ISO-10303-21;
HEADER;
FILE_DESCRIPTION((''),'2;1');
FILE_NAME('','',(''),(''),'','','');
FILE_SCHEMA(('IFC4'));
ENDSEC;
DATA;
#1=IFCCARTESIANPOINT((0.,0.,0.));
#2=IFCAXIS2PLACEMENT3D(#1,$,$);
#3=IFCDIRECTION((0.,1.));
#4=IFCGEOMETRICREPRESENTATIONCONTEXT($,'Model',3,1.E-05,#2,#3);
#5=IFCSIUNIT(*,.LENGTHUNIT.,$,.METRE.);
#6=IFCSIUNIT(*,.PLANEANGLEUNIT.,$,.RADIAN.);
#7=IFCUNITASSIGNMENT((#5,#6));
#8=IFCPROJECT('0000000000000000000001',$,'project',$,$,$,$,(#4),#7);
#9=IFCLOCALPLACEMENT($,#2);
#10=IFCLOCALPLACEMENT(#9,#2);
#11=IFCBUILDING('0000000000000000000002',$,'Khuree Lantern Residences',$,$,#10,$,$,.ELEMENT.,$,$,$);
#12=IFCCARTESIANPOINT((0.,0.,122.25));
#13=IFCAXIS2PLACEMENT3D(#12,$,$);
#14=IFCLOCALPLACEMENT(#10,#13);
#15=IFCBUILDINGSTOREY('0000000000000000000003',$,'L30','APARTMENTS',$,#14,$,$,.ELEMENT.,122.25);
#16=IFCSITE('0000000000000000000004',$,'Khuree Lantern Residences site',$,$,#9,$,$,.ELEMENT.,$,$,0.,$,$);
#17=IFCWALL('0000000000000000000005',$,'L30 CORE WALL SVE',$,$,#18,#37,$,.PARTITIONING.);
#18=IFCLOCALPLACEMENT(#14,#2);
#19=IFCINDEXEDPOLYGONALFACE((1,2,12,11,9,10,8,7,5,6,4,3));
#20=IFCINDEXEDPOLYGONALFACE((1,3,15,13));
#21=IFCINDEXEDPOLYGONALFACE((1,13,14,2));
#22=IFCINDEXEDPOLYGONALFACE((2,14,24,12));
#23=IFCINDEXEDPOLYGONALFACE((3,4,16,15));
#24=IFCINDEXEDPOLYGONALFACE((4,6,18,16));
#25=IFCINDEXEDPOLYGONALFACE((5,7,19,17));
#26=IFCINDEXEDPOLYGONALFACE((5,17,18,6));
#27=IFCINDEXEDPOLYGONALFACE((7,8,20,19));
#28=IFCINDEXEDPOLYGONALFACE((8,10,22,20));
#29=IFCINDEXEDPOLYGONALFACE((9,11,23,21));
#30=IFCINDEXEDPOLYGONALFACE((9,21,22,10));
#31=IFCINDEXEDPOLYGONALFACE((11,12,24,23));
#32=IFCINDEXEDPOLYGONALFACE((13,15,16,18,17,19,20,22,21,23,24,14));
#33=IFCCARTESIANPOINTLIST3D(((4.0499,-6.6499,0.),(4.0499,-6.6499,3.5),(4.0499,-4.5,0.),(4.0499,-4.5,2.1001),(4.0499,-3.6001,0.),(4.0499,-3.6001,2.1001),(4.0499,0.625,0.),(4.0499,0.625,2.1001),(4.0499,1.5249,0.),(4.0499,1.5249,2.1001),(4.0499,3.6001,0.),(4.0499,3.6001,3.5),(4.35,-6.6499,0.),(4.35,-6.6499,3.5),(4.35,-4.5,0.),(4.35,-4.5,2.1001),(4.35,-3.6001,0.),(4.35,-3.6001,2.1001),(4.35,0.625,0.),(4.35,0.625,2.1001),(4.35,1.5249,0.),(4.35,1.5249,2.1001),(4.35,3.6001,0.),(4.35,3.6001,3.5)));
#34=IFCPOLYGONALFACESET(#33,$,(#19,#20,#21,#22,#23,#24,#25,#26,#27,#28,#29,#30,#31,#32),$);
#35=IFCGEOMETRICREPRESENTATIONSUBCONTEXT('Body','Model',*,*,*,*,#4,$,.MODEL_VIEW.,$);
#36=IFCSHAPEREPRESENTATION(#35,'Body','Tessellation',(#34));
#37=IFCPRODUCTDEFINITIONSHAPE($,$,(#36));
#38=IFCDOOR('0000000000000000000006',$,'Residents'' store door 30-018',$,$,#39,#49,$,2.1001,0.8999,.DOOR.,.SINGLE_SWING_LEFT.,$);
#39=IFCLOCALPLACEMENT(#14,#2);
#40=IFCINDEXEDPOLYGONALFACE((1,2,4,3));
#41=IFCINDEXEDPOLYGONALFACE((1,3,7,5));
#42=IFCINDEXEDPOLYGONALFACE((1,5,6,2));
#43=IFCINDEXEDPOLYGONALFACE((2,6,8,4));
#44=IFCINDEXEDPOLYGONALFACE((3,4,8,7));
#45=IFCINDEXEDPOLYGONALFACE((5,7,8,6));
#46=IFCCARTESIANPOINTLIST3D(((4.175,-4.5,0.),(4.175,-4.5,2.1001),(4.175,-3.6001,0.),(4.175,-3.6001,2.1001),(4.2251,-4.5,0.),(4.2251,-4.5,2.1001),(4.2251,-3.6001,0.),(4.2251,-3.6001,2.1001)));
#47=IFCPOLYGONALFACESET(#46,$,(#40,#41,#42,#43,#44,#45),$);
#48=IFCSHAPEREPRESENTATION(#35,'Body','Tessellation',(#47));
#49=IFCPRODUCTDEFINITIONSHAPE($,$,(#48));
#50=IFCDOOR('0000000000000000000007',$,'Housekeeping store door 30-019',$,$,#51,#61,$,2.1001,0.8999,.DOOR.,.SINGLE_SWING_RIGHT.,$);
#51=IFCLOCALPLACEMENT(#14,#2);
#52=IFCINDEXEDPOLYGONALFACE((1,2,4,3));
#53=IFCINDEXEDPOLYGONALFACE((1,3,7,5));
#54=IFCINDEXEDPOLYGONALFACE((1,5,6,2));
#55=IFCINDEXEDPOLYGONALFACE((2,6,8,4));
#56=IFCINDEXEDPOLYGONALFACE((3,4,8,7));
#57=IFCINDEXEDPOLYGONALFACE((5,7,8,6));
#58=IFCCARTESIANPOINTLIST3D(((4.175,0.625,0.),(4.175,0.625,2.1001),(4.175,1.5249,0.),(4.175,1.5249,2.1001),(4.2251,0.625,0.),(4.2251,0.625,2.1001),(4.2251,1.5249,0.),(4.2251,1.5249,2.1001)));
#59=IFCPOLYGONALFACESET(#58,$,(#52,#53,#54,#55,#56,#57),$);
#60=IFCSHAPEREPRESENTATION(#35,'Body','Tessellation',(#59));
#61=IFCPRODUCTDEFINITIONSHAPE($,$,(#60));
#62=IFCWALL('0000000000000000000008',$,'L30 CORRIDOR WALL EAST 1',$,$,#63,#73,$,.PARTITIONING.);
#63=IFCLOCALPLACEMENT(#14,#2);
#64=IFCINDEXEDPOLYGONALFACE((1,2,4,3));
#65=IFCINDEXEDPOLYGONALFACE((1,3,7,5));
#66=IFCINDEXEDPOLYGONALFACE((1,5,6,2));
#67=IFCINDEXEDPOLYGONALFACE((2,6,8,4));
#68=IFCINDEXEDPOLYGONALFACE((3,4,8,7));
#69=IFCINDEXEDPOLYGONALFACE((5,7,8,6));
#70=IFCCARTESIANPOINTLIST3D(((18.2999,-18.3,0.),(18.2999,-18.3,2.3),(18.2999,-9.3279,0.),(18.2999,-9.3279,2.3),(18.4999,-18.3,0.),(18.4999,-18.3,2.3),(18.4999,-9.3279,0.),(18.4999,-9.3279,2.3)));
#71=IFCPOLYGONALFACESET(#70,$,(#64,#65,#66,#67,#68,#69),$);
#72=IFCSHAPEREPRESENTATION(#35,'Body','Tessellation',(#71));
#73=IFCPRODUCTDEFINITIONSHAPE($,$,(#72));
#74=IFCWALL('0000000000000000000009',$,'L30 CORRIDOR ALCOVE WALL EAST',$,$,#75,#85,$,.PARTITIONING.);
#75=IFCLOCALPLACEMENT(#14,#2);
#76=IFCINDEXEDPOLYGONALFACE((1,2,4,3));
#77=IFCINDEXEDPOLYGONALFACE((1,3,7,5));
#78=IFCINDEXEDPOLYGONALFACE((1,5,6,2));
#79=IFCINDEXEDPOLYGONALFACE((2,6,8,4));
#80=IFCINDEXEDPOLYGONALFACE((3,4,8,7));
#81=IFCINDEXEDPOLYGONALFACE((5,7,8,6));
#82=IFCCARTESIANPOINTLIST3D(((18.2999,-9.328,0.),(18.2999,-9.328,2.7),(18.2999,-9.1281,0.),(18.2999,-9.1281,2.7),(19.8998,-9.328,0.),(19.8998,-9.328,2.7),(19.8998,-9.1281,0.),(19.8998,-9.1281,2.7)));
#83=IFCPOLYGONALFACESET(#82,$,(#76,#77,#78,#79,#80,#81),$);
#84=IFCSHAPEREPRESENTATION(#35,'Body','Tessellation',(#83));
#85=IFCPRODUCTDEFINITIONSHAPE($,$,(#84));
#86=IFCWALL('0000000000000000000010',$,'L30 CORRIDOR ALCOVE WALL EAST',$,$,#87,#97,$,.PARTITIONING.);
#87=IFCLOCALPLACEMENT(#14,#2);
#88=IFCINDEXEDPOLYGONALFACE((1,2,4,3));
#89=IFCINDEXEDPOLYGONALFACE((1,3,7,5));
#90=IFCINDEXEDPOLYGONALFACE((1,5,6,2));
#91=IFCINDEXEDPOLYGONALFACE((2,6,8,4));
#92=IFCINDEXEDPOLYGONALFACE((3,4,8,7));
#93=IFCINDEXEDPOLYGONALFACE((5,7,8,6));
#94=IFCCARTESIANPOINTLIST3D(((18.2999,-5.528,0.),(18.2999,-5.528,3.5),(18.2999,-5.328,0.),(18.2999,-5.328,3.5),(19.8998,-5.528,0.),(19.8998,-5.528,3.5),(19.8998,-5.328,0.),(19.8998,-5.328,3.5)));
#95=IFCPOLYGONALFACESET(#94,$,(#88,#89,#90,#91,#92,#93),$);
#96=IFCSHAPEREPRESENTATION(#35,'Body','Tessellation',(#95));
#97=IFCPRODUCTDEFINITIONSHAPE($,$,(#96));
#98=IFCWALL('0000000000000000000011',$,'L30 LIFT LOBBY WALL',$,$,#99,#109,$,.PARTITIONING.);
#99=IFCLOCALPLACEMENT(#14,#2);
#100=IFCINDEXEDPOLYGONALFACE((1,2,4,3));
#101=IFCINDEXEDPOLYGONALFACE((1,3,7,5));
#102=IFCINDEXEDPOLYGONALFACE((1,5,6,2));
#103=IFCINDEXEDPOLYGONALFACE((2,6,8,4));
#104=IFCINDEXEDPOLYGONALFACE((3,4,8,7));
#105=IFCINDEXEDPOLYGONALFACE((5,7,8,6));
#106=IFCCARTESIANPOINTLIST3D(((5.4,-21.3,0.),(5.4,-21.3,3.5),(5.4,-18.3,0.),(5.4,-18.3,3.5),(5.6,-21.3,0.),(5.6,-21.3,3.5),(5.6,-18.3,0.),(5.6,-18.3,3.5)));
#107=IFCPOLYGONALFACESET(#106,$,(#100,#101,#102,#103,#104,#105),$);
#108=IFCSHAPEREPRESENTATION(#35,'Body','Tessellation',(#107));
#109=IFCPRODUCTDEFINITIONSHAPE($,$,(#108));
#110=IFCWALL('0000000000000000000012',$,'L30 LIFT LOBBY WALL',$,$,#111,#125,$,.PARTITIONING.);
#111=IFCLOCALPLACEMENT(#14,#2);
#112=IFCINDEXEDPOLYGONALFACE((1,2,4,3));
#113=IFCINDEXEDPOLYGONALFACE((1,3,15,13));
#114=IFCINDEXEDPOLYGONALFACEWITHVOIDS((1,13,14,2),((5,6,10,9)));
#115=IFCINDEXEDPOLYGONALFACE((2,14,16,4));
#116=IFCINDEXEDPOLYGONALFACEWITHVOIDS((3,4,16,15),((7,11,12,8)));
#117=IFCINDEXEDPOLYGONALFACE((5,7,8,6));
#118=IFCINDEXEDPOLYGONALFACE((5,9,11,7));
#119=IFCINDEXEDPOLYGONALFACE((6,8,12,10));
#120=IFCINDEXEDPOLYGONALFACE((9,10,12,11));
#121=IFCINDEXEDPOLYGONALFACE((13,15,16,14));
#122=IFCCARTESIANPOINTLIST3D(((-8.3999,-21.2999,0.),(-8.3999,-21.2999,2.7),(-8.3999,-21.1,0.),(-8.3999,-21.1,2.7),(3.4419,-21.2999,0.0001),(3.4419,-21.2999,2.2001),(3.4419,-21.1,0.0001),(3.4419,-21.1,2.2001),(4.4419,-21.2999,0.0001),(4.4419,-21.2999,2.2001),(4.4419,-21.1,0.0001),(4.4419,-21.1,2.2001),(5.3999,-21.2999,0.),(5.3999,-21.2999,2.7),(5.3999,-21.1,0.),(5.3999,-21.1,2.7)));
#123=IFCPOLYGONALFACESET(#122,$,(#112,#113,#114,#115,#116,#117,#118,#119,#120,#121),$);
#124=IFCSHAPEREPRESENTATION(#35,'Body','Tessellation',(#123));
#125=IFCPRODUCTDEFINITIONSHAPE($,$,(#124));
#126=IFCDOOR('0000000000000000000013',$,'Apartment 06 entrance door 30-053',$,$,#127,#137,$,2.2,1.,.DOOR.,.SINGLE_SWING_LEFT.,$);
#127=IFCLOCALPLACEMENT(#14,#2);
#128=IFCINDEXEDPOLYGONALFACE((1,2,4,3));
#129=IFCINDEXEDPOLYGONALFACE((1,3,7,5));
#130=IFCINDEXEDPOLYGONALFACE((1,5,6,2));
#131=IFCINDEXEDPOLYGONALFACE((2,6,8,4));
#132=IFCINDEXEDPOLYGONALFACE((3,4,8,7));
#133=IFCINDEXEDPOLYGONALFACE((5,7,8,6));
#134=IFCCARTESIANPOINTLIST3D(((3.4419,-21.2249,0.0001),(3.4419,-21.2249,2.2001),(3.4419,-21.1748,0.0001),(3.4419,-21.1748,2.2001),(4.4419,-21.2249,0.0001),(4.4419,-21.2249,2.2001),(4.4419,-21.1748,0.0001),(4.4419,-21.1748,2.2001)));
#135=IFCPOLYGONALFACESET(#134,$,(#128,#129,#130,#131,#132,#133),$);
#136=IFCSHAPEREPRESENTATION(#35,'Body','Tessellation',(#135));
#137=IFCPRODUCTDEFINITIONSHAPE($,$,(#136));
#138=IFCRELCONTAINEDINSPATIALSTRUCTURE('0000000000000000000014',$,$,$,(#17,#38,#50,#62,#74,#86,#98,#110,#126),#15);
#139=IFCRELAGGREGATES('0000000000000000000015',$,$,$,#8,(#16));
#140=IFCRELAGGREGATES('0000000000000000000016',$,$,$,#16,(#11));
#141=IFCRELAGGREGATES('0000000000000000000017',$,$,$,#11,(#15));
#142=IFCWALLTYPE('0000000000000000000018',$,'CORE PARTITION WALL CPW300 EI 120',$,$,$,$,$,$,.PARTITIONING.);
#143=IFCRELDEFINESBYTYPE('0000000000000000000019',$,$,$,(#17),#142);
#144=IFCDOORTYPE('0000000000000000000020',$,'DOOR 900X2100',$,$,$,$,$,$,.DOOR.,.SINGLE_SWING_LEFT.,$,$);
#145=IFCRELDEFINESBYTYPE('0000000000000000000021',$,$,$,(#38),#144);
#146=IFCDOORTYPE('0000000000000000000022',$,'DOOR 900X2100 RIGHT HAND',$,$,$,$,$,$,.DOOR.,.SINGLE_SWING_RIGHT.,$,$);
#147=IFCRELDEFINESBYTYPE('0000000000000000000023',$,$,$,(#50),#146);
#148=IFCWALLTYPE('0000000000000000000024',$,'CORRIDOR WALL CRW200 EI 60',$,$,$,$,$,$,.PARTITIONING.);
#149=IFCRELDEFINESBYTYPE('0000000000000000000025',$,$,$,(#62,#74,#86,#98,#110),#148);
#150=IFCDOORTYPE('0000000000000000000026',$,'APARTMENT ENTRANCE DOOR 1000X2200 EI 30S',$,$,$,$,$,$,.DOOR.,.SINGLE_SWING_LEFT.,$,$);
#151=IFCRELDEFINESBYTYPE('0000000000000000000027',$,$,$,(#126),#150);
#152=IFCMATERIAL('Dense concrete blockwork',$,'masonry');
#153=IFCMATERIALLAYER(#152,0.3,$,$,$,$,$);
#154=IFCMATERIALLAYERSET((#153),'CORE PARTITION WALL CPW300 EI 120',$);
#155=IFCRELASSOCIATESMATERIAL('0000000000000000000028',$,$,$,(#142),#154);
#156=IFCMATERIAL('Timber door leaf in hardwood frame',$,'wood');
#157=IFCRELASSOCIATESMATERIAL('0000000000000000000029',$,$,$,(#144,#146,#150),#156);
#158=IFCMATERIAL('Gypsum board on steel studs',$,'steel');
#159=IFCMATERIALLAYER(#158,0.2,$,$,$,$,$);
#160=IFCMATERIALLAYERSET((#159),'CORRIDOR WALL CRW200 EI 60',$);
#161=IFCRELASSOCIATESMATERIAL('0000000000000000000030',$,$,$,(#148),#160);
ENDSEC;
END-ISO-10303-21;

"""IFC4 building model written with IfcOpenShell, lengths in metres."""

from ifc_helpers import new_model, si_unit, direction, frame, frame_2d, origin, place, context, subcontext, project, spatial, rectangle, extrude, material, layer, layer_set, type_object, element, fill, save


model = new_model("IFC4")

# Units and contexts
model_context = context("Model", 3, precision=1e-05, world=origin(), true_north=direction((0.0, 1.0)))
body_context = subcontext(model_context, "Body", "Model", "MODEL_VIEW")
ifc_project = project(units=[si_unit("LENGTHUNIT", "METRE"), si_unit("PLANEANGLEUNIT", "RADIAN")], contexts=[model_context])

# Site, building, storey
site_placement = place(None, origin())
site = spatial("IfcSite", under=ifc_project, at=site_placement, Name="Khuree Lantern Residences site", CompositionType="ELEMENT", RefElevation=0.0)
building_placement = place(site_placement, origin())
building = spatial("IfcBuilding", under=site, at=building_placement, Name="Khuree Lantern Residences", CompositionType="ELEMENT")
storey_placement = place(building_placement, frame((0.0, 0.0, 122.25)))
storey = spatial("IfcBuildingStorey", under=building, at=storey_placement, Name="L30", Description="APARTMENTS", CompositionType="ELEMENT", Elevation=122.25)

# Shared definitions
ifc_material_1 = material(Name="Timber door leaf in hardwood frame", Category="wood")

# Shared definitions
ifc_material_2 = material(Name="Dense concrete blockwork", Category="masonry")
ifc_layer_1 = layer(ifc_material_2, 0.3)
ifc_layer_set_1 = layer_set([ifc_layer_1], Name="CORE PARTITION WALL CPW300 EI 120")
wall_type_1 = type_object("IfcWallType", Name="CORE PARTITION WALL CPW300 EI 120", PredefinedType="PARTITIONING", material=ifc_layer_set_1)

# Wall, openings, doors
wall_1_placement = place(storey_placement, frame((4.2, -6.6499, 0.0), z_axis=(0.0, 0.0, 1.0), x_axis=(0.0, 1.0, 0.0)))
wall_1 = element("IfcWall", 1, at=wall_1_placement, inside=storey, type_object=wall_type_1, Name="L30 CORE WALL SVE", PredefinedType="PARTITIONING", context=body_context, shape_type="SweptSolid", body=[
    extrude(rectangle(XDim=10.25, YDim=0.3, at=frame_2d((5.125, 0.0))), origin(), (0.0, 0.0, 1.0), 3.5),
])
opening_1_placement = place(wall_1_placement, frame((2.1499, 0.0, 0.0)))
opening_1 = element("IfcOpeningElement", 2, at=opening_1_placement, cuts=wall_1, PredefinedType="OPENING", context=body_context, shape_type="SweptSolid", body=[
    extrude(rectangle(XDim=0.8999, YDim=2.1001, at=frame_2d((0.45, 1.05))), frame((0.0, 0.1602, 0.0), z_axis=(0.0, -1.0, 0.0), x_axis=(1.0, 0.0, 0.0)), (0.0, 0.0, 1.0), 0.3201),
])
opening_2_placement = place(wall_1_placement, frame((7.2749, 0.0, 0.0)))
opening_2 = element("IfcOpeningElement", 3, at=opening_2_placement, cuts=wall_1, PredefinedType="OPENING", context=body_context, shape_type="SweptSolid", body=[
    extrude(rectangle(XDim=0.8999, YDim=2.1001, at=frame_2d((0.45, 1.05))), frame((0.0, 0.1602, 0.0), z_axis=(0.0, -1.0, 0.0), x_axis=(1.0, 0.0, 0.0)), (0.0, 0.0, 1.0), 0.3201),
])
door_type_1 = type_object("IfcDoorType", Name="DOOR 900X2100", OperationType="SINGLE_SWING_LEFT", PredefinedType="DOOR", material=ifc_material_1)
door_1_placement = place(opening_1_placement, origin())
door_1 = element("IfcDoor", 4, at=door_1_placement, inside=storey, type_object=door_type_1, Name="Residents' store door 30-018", OperationType="SINGLE_SWING_LEFT", OverallHeight=2.1001, OverallWidth=0.8999, PredefinedType="DOOR", context=body_context, shape_type="SweptSolid", body=[
    extrude(rectangle(XDim=0.8999, YDim=2.1001, at=frame_2d((0.45, 1.05))), frame((0.0, 0.0249, 0.0), z_axis=(0.0, -1.0, 0.0), x_axis=(1.0, 0.0, 0.0)), (0.0, 0.0, 1.0), 0.05),
])
fill(opening_1, door_1)
door_type_2 = type_object("IfcDoorType", Name="DOOR 900X2100 RIGHT HAND", OperationType="SINGLE_SWING_RIGHT", PredefinedType="DOOR", material=ifc_material_1)
door_2_placement = place(opening_2_placement, origin())
door_2 = element("IfcDoor", 5, at=door_2_placement, inside=storey, type_object=door_type_2, Name="Housekeeping store door 30-019", OperationType="SINGLE_SWING_RIGHT", OverallHeight=2.1001, OverallWidth=0.8999, PredefinedType="DOOR", context=body_context, shape_type="SweptSolid", body=[
    extrude(rectangle(XDim=0.8999, YDim=2.1001, at=frame_2d((0.45, 1.05))), frame((0.0, 0.0249, 0.0), z_axis=(0.0, -1.0, 0.0), x_axis=(1.0, 0.0, 0.0)), (0.0, 0.0, 1.0), 0.05),
])
fill(opening_2, door_2)

# Walls
ifc_material_3 = material(Name="Gypsum board on steel studs", Category="steel")
ifc_layer_2 = layer(ifc_material_3, 0.2)
ifc_layer_set_2 = layer_set([ifc_layer_2], Name="CORRIDOR WALL CRW200 EI 60")
wall_type_2 = type_object("IfcWallType", Name="CORRIDOR WALL CRW200 EI 60", PredefinedType="PARTITIONING", material=ifc_layer_set_2)
wall_2_placement = place(storey_placement, frame((18.3999, -18.3, 0.0), z_axis=(0.0, 0.0, 1.0), x_axis=(0.0, 1.0, 0.0)))
element("IfcWall", 6, at=wall_2_placement, inside=storey, type_object=wall_type_2, Name="L30 CORRIDOR WALL EAST 1", PredefinedType="PARTITIONING", context=body_context, shape_type="SweptSolid", body=[
    extrude(rectangle(XDim=8.9722, YDim=0.2, at=frame_2d((4.4861, 0.0))), origin(), (0.0, 0.0, 1.0), 2.3),
])
wall_3_placement = place(storey_placement, frame((18.3, -9.228, 0.0), z_axis=(0.0, 0.0, 1.0), x_axis=(1.0, 0.0, 0.0)))
element("IfcWall", 7, at=wall_3_placement, inside=storey, type_object=wall_type_2, Name="L30 CORRIDOR ALCOVE WALL EAST", PredefinedType="PARTITIONING", context=body_context, shape_type="SweptSolid", body=[
    extrude(rectangle(XDim=1.5999, YDim=0.2, at=frame_2d((0.7998, 0.0))), origin(), (0.0, 0.0, 1.0), 2.7),
])
wall_4_placement = place(storey_placement, frame((18.3, -5.428, 0.0), z_axis=(0.0, 0.0, 1.0), x_axis=(1.0, 0.0, 0.0)))
element("IfcWall", 8, at=wall_4_placement, inside=storey, type_object=wall_type_2, Name="L30 CORRIDOR ALCOVE WALL EAST", PredefinedType="PARTITIONING", context=body_context, shape_type="SweptSolid", body=[
    extrude(rectangle(XDim=1.5999, YDim=0.2, at=frame_2d((0.7998, 0.0))), origin(), (0.0, 0.0, 1.0), 3.5),
])
wall_5_placement = place(storey_placement, frame((5.5, -18.3, 0.0), z_axis=(0.0, 0.0, 1.0), x_axis=(0.0, -1.0, 0.0)))
element("IfcWall", 9, at=wall_5_placement, inside=storey, type_object=wall_type_2, Name="L30 LIFT LOBBY WALL", PredefinedType="PARTITIONING", context=body_context, shape_type="SweptSolid", body=[
    extrude(rectangle(XDim=3.0, YDim=0.2, at=frame_2d((1.5, 0.0))), origin(), (0.0, 0.0, 1.0), 3.5),
])

# Wall, opening, door
wall_6_placement = place(storey_placement, frame((5.3999, -21.2, 0.0), z_axis=(0.0, 0.0, 1.0), x_axis=(-1.0, 0.0, 0.0)))
wall_6 = element("IfcWall", 10, at=wall_6_placement, inside=storey, type_object=wall_type_2, Name="L30 LIFT LOBBY WALL", PredefinedType="PARTITIONING", context=body_context, shape_type="SweptSolid", body=[
    extrude(rectangle(XDim=13.7998, YDim=0.2, at=frame_2d((6.8999, 0.0))), origin(), (0.0, 0.0, 1.0), 2.7),
])
opening_3_placement = place(wall_6_placement, frame((0.958, 0.0, 0.0)))
opening_3 = element("IfcOpeningElement", 11, at=opening_3_placement, cuts=wall_6, PredefinedType="OPENING", context=body_context, shape_type="SweptSolid", body=[
    extrude(rectangle(XDim=1.0, YDim=2.2, at=frame_2d((0.5, 1.1001))), frame((0.0, 0.1099, 0.0), z_axis=(0.0, -1.0, 0.0), x_axis=(1.0, 0.0, 0.0)), (0.0, 0.0, 1.0), 0.22),
])
door_type_3 = type_object("IfcDoorType", Name="APARTMENT ENTRANCE DOOR 1000X2200 EI 30S", OperationType="SINGLE_SWING_LEFT", PredefinedType="DOOR", material=ifc_material_1)
door_3_placement = place(opening_3_placement, origin())
door_3 = element("IfcDoor", 12, at=door_3_placement, inside=storey, type_object=door_type_3, Name="Apartment 06 entrance door 30-053", OperationType="SINGLE_SWING_LEFT", OverallHeight=2.2, OverallWidth=1.0, PredefinedType="DOOR", context=body_context, shape_type="SweptSolid", body=[
    extrude(rectangle(XDim=1.0, YDim=2.2, at=frame_2d((0.5, 1.1001))), frame((0.0, 0.0249, 0.0), z_axis=(0.0, -1.0, 0.0), x_axis=(1.0, 0.0, 0.0)), (0.0, 0.0, 1.0), 0.05),
])
fill(opening_3, door_3)

save(model, "model.ifc")
